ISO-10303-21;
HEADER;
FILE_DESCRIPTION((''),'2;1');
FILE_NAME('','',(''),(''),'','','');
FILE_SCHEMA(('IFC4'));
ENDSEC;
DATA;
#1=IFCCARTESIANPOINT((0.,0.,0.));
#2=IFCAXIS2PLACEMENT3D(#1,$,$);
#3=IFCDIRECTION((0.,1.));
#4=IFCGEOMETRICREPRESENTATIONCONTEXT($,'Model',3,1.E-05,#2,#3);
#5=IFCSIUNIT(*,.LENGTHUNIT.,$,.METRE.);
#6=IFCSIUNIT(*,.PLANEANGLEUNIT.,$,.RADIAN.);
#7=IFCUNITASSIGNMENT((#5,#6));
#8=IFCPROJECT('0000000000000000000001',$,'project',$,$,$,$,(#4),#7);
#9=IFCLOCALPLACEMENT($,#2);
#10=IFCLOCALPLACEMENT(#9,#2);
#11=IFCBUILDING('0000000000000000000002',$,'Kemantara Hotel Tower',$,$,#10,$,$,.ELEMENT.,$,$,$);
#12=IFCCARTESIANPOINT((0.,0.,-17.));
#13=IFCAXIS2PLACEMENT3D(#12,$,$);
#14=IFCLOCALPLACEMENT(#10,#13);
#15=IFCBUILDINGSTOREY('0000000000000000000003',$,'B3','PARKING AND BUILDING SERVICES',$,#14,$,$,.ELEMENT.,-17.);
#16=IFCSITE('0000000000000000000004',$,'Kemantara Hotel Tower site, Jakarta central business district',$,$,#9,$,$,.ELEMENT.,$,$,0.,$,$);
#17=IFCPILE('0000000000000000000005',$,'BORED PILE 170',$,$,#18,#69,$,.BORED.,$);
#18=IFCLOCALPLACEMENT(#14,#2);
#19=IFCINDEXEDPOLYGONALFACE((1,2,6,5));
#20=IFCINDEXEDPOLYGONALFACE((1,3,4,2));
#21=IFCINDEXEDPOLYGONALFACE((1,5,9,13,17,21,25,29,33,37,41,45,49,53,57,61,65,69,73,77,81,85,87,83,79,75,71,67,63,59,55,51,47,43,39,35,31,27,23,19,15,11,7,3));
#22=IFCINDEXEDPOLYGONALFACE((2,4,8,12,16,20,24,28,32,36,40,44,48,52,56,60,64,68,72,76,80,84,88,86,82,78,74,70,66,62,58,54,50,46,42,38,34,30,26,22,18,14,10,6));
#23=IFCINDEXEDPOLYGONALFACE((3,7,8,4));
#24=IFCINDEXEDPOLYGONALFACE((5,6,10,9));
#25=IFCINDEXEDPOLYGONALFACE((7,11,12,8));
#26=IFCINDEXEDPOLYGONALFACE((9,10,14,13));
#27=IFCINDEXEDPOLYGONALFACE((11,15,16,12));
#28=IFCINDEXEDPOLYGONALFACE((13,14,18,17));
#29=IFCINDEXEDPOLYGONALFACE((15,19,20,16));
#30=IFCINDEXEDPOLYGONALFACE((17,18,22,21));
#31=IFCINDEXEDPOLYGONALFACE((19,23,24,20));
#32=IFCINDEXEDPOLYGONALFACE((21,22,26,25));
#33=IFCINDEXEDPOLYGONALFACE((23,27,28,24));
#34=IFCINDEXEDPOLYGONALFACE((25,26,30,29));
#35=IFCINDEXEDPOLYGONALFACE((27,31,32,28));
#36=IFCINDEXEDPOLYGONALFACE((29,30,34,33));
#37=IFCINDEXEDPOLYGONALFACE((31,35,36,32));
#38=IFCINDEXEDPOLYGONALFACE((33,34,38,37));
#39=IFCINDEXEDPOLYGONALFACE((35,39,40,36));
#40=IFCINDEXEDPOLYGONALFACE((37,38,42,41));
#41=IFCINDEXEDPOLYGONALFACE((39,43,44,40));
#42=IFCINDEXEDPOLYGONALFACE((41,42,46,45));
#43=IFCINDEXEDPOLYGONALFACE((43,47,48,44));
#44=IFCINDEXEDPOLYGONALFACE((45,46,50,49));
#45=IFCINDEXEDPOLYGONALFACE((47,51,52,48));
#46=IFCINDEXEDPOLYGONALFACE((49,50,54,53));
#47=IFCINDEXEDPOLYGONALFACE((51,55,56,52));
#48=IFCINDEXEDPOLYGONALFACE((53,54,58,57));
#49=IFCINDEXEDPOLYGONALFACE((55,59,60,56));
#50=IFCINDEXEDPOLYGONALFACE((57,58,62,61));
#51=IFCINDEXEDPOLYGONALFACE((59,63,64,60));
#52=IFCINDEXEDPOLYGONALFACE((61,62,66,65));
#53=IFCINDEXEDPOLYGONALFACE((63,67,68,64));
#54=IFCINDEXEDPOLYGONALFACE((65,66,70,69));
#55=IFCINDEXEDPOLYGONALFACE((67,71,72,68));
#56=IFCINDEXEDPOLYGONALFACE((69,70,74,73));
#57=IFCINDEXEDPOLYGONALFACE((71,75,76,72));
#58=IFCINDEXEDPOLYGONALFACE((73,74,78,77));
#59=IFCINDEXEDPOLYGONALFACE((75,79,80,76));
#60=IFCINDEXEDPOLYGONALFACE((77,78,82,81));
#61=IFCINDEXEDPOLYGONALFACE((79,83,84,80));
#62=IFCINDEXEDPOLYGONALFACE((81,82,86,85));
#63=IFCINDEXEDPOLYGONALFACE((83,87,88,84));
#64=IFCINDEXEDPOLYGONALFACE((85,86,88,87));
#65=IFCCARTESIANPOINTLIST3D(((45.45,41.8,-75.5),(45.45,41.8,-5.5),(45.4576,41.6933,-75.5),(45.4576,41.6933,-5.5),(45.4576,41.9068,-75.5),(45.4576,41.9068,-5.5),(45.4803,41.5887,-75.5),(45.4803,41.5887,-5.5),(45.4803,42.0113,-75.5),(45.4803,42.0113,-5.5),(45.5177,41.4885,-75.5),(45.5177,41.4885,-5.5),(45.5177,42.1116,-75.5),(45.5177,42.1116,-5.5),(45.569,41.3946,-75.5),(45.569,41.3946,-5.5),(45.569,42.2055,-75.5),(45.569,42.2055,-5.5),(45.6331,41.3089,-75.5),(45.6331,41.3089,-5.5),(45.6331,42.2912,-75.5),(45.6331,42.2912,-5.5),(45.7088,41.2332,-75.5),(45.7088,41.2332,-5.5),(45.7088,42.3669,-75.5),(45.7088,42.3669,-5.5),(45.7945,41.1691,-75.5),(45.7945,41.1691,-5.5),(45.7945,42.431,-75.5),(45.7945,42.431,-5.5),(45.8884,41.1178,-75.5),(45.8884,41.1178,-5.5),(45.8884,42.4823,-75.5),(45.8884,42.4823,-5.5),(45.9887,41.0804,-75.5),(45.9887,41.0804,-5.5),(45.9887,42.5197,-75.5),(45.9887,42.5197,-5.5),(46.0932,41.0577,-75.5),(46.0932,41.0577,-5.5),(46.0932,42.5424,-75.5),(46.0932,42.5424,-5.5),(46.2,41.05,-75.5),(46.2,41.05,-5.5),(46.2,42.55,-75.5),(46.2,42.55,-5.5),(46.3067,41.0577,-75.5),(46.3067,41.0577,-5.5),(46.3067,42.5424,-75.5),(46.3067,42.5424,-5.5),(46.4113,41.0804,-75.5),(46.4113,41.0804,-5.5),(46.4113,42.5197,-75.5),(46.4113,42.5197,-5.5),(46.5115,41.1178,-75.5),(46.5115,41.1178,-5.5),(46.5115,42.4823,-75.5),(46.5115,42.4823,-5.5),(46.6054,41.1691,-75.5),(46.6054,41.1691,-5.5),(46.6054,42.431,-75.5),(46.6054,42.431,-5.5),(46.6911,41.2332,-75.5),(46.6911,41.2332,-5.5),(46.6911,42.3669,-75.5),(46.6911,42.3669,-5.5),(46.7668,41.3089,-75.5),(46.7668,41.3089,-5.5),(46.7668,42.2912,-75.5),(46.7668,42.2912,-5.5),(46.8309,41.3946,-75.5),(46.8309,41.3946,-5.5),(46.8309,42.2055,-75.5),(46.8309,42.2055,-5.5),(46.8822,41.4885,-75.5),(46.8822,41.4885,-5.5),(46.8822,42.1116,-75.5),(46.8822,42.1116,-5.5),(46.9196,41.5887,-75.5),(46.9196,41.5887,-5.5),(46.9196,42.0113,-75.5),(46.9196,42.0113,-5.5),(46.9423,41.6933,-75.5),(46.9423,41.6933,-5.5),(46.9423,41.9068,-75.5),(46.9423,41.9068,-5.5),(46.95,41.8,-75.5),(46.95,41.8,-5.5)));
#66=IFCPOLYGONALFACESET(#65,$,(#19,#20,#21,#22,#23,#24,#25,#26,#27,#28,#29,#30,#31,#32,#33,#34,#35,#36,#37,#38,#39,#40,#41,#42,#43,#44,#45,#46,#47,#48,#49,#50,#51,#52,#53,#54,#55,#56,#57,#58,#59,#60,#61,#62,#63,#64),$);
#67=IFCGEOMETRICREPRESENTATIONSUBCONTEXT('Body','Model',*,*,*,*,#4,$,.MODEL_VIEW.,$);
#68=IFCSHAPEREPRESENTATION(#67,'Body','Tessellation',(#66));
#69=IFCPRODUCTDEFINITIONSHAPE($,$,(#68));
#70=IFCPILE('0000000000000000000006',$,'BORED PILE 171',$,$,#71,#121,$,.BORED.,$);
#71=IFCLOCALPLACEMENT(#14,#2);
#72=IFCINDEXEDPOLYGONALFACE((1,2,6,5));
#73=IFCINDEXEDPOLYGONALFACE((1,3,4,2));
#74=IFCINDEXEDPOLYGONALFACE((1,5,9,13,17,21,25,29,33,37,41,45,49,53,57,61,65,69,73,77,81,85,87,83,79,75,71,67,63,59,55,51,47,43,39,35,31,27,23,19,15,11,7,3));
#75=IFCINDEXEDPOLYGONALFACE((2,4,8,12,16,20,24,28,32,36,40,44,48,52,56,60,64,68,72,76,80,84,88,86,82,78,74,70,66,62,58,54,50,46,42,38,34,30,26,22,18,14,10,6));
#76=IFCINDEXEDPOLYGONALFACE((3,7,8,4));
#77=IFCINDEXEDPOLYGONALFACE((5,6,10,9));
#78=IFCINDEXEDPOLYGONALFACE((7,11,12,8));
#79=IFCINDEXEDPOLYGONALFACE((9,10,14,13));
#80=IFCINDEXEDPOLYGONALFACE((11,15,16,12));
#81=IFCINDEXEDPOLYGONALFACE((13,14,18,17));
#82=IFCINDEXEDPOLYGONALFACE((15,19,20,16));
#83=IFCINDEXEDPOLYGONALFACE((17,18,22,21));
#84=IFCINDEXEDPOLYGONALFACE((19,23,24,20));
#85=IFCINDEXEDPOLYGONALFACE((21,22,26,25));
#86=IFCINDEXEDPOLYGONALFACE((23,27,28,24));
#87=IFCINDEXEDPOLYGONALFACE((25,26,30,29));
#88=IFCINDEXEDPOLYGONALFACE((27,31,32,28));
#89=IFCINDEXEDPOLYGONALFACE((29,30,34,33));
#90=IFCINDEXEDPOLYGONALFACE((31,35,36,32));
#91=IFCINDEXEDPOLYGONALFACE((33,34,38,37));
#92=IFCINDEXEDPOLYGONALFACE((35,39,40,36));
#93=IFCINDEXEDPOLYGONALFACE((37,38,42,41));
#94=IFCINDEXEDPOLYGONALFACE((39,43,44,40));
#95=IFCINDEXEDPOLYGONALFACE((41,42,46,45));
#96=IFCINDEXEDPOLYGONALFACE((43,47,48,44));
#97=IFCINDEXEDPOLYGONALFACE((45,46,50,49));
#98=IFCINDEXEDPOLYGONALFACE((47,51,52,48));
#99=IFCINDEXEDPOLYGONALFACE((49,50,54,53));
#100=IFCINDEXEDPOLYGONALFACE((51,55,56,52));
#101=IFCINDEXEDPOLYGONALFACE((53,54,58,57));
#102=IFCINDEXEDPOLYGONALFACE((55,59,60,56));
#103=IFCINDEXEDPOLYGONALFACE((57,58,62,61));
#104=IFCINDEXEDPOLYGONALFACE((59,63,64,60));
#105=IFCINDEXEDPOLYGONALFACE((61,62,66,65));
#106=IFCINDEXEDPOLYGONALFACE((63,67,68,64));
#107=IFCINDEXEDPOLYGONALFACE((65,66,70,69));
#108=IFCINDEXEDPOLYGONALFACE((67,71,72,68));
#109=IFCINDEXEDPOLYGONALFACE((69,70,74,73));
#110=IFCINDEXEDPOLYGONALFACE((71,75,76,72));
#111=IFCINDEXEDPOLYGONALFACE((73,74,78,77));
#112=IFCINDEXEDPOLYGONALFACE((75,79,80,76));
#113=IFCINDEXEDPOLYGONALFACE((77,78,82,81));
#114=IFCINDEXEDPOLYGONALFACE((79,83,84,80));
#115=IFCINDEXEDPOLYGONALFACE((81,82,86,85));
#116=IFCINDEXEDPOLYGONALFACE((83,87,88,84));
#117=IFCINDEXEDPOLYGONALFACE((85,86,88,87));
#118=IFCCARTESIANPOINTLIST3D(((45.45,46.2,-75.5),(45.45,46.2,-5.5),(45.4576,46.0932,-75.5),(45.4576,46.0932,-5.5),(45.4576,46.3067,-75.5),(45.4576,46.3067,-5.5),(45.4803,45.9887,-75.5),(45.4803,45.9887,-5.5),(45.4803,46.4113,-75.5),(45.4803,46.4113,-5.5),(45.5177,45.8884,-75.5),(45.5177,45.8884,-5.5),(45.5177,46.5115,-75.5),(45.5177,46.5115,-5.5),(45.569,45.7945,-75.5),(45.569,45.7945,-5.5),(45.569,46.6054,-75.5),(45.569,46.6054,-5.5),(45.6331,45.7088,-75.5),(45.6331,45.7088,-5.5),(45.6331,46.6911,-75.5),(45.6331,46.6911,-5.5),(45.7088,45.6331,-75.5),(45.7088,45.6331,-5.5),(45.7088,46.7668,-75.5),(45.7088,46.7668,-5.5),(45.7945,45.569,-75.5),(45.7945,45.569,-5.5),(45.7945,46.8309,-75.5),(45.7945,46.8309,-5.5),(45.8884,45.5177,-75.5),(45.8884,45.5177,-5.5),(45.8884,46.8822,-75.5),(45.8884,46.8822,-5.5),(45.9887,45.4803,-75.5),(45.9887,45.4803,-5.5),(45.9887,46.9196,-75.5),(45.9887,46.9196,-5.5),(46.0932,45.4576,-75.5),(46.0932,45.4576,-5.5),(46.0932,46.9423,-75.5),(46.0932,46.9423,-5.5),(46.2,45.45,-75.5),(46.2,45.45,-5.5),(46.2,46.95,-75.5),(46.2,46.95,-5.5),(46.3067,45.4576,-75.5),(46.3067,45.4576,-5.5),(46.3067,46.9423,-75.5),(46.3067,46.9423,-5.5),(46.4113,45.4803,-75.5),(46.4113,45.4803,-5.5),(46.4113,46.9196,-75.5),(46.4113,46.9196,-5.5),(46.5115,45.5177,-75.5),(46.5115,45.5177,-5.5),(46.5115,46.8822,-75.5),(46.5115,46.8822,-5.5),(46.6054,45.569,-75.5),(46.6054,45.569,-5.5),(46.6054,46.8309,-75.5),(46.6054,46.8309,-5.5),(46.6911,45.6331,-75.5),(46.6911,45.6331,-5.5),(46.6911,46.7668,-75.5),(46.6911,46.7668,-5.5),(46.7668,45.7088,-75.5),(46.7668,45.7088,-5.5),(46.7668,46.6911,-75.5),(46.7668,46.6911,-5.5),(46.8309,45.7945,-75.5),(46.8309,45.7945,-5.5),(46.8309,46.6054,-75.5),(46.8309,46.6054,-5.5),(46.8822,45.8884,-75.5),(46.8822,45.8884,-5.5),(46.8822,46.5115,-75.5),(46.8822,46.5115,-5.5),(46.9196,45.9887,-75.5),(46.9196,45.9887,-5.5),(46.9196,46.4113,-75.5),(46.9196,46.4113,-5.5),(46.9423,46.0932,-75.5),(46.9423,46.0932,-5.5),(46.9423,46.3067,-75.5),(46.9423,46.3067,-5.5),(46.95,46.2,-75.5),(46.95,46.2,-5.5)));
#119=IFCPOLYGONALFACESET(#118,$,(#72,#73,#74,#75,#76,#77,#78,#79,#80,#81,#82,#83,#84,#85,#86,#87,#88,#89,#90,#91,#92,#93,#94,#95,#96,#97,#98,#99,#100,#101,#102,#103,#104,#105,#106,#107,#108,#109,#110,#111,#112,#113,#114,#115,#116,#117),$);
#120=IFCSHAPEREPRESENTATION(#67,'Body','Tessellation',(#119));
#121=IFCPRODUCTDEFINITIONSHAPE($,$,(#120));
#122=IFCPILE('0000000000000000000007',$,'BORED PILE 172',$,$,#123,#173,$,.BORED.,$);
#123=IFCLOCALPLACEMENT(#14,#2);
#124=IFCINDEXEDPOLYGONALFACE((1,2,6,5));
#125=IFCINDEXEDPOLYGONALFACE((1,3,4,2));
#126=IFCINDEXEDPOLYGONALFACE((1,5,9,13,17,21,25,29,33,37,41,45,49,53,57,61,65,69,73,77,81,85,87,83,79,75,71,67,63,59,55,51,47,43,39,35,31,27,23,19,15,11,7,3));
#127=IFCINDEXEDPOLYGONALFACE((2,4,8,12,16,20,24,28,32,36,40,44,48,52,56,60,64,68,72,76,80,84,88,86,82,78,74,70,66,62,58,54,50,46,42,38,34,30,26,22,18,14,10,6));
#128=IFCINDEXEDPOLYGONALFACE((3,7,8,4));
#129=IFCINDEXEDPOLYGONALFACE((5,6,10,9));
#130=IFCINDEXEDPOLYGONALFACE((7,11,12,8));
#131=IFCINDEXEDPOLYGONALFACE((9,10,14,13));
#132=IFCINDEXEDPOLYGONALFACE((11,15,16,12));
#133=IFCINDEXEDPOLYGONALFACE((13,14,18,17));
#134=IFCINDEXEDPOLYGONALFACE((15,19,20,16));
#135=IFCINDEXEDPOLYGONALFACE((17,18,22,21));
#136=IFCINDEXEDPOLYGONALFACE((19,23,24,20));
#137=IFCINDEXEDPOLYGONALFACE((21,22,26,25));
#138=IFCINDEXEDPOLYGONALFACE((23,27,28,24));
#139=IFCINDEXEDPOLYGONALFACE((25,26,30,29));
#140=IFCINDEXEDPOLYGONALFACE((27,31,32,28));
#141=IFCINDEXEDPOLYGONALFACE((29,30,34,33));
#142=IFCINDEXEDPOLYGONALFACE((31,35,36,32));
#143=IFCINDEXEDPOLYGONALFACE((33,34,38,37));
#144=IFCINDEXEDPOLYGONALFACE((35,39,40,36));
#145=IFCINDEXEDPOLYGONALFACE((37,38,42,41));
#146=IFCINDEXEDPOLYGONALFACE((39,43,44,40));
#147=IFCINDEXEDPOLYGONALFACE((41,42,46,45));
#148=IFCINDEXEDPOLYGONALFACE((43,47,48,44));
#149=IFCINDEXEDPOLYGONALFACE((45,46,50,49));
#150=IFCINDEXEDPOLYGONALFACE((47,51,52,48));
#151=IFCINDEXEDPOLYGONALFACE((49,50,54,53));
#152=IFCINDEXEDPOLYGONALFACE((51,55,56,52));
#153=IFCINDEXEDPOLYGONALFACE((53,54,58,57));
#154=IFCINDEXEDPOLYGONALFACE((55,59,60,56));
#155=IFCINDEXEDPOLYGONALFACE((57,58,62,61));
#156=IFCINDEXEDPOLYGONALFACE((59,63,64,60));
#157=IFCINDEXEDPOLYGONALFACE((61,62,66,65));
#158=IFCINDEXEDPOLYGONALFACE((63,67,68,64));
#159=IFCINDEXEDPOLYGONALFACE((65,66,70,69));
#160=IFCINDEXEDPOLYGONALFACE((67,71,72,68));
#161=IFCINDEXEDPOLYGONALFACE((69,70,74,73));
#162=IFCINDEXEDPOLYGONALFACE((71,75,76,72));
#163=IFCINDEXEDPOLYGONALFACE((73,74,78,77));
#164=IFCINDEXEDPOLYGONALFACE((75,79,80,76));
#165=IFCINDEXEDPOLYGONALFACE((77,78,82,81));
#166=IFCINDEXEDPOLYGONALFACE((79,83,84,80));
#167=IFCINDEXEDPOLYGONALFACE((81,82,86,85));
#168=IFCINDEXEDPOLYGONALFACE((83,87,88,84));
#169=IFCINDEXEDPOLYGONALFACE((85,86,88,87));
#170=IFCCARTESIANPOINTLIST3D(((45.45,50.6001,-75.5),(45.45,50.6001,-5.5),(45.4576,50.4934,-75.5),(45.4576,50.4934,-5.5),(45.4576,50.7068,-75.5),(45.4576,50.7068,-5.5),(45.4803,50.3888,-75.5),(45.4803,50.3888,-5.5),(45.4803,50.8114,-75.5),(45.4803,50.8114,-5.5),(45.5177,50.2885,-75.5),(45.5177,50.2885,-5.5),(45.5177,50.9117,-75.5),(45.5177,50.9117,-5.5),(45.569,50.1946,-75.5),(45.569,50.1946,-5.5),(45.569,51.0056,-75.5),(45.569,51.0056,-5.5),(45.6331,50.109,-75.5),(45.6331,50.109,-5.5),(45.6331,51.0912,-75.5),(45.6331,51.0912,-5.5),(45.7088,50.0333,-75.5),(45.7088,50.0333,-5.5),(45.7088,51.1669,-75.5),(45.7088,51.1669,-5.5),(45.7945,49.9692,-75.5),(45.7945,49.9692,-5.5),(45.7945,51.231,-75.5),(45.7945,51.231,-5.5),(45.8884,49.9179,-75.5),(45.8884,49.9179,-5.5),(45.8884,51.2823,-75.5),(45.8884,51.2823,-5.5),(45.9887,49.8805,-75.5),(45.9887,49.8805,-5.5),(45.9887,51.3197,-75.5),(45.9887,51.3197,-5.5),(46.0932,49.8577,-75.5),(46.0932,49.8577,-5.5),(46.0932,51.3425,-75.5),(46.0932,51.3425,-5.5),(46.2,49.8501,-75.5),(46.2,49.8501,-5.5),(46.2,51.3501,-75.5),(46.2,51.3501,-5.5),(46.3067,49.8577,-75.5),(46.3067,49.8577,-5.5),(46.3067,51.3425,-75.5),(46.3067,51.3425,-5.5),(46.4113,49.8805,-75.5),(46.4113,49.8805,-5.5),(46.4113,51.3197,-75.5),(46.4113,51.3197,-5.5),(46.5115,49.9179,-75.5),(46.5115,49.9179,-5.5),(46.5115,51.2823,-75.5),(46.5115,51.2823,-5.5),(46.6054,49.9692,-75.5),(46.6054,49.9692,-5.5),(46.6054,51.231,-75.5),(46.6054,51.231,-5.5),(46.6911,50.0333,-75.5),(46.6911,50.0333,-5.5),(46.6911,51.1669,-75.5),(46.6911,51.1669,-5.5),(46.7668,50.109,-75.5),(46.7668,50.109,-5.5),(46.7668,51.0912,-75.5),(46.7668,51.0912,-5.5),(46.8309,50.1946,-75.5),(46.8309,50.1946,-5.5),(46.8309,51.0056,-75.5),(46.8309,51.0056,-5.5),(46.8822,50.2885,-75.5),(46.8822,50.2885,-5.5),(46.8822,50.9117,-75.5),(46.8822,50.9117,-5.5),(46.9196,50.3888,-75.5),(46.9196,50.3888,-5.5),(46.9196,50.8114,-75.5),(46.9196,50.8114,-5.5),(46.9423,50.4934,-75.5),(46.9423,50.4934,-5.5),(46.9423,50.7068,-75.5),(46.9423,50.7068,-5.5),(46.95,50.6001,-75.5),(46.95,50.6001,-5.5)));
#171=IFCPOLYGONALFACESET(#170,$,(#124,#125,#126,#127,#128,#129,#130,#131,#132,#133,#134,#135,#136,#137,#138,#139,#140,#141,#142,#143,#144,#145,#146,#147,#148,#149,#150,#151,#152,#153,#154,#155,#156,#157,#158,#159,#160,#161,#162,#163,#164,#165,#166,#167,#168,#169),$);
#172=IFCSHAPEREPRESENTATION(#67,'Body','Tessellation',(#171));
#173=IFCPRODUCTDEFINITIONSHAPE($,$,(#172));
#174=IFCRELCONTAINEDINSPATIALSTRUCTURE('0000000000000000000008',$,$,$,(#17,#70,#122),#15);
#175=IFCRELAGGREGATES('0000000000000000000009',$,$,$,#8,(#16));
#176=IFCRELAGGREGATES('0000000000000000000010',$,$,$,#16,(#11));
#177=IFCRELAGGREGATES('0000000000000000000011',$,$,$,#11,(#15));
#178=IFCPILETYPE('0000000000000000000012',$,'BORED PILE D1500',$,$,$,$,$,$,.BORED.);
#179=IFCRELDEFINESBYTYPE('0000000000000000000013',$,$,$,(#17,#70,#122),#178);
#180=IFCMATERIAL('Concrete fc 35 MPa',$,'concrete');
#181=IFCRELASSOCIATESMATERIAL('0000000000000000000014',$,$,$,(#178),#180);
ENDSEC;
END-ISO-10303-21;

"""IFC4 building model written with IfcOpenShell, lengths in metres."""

from ifc_helpers import new_model, si_unit, direction, frame, origin, origin_2d, place, context, subcontext, project, spatial, circle, extrude, material, material_profile, profile_set, type_object, element, save


model = new_model("IFC4")

# Units and contexts
model_context = context("Model", 3, precision=1e-05, world=origin(), true_north=direction((0.0, 1.0)))
body_context = subcontext(model_context, "Body", "Model", "MODEL_VIEW")
ifc_project = project(units=[si_unit("LENGTHUNIT", "METRE"), si_unit("PLANEANGLEUNIT", "RADIAN")], contexts=[model_context])

# Site, building, storey
site_placement = place(None, origin())
site = spatial("IfcSite", under=ifc_project, at=site_placement, Name="Kemantara Hotel Tower site, Jakarta central business district", CompositionType="ELEMENT", RefElevation=0.0)
building_placement = place(site_placement, origin())
building = spatial("IfcBuilding", under=site, at=building_placement, Name="Kemantara Hotel Tower", CompositionType="ELEMENT")
storey_placement = place(building_placement, frame((0.0, 0.0, -17.0)))
storey = spatial("IfcBuildingStorey", under=building, at=storey_placement, Name="B3", Description="PARKING AND BUILDING SERVICES", CompositionType="ELEMENT", Elevation=-17.0)

# Piles
ifc_material_1 = material(Name="Concrete fc 35 MPa", Category="concrete")
ifc_material_profile_1 = material_profile(ifc_material_1, circle(Radius=0.75, at=origin_2d()), Name="BORED PILE D1500")
ifc_profile_set_1 = profile_set([ifc_material_profile_1], Name="Concrete fc 35 MPa")
pile_type = type_object("IfcPileType", Name="BORED PILE D1500", PredefinedType="BORED", material=ifc_profile_set_1)
for number, where, z_axis, x_axis, name in (
    (1, (46.2, 41.8, -5.5), (0.0, 0.0, -1.0), (1.0, 0.0, 0.0), "BORED PILE 170"),
    (2, (46.2, 46.2, -5.5), (0.0, 0.0, -1.0), (1.0, 0.0, 0.0), "BORED PILE 171"),
    (3, (46.2, 50.6001, -5.5), (0.0, 0.0, -1.0), (1.0, 0.0, 0.0), "BORED PILE 172"),
):
    element("IfcPile", number, at=place(storey_placement, frame(where, z_axis=z_axis, x_axis=x_axis)), inside=storey, type_object=pile_type, Name=name, PredefinedType="BORED", context=body_context, shape_type="SweptSolid", body=[
        extrude(circle(Radius=0.75, at=origin_2d()), origin(), (0.0, 0.0, 1.0), 70.0),
    ])

save(model, "model.ifc")
